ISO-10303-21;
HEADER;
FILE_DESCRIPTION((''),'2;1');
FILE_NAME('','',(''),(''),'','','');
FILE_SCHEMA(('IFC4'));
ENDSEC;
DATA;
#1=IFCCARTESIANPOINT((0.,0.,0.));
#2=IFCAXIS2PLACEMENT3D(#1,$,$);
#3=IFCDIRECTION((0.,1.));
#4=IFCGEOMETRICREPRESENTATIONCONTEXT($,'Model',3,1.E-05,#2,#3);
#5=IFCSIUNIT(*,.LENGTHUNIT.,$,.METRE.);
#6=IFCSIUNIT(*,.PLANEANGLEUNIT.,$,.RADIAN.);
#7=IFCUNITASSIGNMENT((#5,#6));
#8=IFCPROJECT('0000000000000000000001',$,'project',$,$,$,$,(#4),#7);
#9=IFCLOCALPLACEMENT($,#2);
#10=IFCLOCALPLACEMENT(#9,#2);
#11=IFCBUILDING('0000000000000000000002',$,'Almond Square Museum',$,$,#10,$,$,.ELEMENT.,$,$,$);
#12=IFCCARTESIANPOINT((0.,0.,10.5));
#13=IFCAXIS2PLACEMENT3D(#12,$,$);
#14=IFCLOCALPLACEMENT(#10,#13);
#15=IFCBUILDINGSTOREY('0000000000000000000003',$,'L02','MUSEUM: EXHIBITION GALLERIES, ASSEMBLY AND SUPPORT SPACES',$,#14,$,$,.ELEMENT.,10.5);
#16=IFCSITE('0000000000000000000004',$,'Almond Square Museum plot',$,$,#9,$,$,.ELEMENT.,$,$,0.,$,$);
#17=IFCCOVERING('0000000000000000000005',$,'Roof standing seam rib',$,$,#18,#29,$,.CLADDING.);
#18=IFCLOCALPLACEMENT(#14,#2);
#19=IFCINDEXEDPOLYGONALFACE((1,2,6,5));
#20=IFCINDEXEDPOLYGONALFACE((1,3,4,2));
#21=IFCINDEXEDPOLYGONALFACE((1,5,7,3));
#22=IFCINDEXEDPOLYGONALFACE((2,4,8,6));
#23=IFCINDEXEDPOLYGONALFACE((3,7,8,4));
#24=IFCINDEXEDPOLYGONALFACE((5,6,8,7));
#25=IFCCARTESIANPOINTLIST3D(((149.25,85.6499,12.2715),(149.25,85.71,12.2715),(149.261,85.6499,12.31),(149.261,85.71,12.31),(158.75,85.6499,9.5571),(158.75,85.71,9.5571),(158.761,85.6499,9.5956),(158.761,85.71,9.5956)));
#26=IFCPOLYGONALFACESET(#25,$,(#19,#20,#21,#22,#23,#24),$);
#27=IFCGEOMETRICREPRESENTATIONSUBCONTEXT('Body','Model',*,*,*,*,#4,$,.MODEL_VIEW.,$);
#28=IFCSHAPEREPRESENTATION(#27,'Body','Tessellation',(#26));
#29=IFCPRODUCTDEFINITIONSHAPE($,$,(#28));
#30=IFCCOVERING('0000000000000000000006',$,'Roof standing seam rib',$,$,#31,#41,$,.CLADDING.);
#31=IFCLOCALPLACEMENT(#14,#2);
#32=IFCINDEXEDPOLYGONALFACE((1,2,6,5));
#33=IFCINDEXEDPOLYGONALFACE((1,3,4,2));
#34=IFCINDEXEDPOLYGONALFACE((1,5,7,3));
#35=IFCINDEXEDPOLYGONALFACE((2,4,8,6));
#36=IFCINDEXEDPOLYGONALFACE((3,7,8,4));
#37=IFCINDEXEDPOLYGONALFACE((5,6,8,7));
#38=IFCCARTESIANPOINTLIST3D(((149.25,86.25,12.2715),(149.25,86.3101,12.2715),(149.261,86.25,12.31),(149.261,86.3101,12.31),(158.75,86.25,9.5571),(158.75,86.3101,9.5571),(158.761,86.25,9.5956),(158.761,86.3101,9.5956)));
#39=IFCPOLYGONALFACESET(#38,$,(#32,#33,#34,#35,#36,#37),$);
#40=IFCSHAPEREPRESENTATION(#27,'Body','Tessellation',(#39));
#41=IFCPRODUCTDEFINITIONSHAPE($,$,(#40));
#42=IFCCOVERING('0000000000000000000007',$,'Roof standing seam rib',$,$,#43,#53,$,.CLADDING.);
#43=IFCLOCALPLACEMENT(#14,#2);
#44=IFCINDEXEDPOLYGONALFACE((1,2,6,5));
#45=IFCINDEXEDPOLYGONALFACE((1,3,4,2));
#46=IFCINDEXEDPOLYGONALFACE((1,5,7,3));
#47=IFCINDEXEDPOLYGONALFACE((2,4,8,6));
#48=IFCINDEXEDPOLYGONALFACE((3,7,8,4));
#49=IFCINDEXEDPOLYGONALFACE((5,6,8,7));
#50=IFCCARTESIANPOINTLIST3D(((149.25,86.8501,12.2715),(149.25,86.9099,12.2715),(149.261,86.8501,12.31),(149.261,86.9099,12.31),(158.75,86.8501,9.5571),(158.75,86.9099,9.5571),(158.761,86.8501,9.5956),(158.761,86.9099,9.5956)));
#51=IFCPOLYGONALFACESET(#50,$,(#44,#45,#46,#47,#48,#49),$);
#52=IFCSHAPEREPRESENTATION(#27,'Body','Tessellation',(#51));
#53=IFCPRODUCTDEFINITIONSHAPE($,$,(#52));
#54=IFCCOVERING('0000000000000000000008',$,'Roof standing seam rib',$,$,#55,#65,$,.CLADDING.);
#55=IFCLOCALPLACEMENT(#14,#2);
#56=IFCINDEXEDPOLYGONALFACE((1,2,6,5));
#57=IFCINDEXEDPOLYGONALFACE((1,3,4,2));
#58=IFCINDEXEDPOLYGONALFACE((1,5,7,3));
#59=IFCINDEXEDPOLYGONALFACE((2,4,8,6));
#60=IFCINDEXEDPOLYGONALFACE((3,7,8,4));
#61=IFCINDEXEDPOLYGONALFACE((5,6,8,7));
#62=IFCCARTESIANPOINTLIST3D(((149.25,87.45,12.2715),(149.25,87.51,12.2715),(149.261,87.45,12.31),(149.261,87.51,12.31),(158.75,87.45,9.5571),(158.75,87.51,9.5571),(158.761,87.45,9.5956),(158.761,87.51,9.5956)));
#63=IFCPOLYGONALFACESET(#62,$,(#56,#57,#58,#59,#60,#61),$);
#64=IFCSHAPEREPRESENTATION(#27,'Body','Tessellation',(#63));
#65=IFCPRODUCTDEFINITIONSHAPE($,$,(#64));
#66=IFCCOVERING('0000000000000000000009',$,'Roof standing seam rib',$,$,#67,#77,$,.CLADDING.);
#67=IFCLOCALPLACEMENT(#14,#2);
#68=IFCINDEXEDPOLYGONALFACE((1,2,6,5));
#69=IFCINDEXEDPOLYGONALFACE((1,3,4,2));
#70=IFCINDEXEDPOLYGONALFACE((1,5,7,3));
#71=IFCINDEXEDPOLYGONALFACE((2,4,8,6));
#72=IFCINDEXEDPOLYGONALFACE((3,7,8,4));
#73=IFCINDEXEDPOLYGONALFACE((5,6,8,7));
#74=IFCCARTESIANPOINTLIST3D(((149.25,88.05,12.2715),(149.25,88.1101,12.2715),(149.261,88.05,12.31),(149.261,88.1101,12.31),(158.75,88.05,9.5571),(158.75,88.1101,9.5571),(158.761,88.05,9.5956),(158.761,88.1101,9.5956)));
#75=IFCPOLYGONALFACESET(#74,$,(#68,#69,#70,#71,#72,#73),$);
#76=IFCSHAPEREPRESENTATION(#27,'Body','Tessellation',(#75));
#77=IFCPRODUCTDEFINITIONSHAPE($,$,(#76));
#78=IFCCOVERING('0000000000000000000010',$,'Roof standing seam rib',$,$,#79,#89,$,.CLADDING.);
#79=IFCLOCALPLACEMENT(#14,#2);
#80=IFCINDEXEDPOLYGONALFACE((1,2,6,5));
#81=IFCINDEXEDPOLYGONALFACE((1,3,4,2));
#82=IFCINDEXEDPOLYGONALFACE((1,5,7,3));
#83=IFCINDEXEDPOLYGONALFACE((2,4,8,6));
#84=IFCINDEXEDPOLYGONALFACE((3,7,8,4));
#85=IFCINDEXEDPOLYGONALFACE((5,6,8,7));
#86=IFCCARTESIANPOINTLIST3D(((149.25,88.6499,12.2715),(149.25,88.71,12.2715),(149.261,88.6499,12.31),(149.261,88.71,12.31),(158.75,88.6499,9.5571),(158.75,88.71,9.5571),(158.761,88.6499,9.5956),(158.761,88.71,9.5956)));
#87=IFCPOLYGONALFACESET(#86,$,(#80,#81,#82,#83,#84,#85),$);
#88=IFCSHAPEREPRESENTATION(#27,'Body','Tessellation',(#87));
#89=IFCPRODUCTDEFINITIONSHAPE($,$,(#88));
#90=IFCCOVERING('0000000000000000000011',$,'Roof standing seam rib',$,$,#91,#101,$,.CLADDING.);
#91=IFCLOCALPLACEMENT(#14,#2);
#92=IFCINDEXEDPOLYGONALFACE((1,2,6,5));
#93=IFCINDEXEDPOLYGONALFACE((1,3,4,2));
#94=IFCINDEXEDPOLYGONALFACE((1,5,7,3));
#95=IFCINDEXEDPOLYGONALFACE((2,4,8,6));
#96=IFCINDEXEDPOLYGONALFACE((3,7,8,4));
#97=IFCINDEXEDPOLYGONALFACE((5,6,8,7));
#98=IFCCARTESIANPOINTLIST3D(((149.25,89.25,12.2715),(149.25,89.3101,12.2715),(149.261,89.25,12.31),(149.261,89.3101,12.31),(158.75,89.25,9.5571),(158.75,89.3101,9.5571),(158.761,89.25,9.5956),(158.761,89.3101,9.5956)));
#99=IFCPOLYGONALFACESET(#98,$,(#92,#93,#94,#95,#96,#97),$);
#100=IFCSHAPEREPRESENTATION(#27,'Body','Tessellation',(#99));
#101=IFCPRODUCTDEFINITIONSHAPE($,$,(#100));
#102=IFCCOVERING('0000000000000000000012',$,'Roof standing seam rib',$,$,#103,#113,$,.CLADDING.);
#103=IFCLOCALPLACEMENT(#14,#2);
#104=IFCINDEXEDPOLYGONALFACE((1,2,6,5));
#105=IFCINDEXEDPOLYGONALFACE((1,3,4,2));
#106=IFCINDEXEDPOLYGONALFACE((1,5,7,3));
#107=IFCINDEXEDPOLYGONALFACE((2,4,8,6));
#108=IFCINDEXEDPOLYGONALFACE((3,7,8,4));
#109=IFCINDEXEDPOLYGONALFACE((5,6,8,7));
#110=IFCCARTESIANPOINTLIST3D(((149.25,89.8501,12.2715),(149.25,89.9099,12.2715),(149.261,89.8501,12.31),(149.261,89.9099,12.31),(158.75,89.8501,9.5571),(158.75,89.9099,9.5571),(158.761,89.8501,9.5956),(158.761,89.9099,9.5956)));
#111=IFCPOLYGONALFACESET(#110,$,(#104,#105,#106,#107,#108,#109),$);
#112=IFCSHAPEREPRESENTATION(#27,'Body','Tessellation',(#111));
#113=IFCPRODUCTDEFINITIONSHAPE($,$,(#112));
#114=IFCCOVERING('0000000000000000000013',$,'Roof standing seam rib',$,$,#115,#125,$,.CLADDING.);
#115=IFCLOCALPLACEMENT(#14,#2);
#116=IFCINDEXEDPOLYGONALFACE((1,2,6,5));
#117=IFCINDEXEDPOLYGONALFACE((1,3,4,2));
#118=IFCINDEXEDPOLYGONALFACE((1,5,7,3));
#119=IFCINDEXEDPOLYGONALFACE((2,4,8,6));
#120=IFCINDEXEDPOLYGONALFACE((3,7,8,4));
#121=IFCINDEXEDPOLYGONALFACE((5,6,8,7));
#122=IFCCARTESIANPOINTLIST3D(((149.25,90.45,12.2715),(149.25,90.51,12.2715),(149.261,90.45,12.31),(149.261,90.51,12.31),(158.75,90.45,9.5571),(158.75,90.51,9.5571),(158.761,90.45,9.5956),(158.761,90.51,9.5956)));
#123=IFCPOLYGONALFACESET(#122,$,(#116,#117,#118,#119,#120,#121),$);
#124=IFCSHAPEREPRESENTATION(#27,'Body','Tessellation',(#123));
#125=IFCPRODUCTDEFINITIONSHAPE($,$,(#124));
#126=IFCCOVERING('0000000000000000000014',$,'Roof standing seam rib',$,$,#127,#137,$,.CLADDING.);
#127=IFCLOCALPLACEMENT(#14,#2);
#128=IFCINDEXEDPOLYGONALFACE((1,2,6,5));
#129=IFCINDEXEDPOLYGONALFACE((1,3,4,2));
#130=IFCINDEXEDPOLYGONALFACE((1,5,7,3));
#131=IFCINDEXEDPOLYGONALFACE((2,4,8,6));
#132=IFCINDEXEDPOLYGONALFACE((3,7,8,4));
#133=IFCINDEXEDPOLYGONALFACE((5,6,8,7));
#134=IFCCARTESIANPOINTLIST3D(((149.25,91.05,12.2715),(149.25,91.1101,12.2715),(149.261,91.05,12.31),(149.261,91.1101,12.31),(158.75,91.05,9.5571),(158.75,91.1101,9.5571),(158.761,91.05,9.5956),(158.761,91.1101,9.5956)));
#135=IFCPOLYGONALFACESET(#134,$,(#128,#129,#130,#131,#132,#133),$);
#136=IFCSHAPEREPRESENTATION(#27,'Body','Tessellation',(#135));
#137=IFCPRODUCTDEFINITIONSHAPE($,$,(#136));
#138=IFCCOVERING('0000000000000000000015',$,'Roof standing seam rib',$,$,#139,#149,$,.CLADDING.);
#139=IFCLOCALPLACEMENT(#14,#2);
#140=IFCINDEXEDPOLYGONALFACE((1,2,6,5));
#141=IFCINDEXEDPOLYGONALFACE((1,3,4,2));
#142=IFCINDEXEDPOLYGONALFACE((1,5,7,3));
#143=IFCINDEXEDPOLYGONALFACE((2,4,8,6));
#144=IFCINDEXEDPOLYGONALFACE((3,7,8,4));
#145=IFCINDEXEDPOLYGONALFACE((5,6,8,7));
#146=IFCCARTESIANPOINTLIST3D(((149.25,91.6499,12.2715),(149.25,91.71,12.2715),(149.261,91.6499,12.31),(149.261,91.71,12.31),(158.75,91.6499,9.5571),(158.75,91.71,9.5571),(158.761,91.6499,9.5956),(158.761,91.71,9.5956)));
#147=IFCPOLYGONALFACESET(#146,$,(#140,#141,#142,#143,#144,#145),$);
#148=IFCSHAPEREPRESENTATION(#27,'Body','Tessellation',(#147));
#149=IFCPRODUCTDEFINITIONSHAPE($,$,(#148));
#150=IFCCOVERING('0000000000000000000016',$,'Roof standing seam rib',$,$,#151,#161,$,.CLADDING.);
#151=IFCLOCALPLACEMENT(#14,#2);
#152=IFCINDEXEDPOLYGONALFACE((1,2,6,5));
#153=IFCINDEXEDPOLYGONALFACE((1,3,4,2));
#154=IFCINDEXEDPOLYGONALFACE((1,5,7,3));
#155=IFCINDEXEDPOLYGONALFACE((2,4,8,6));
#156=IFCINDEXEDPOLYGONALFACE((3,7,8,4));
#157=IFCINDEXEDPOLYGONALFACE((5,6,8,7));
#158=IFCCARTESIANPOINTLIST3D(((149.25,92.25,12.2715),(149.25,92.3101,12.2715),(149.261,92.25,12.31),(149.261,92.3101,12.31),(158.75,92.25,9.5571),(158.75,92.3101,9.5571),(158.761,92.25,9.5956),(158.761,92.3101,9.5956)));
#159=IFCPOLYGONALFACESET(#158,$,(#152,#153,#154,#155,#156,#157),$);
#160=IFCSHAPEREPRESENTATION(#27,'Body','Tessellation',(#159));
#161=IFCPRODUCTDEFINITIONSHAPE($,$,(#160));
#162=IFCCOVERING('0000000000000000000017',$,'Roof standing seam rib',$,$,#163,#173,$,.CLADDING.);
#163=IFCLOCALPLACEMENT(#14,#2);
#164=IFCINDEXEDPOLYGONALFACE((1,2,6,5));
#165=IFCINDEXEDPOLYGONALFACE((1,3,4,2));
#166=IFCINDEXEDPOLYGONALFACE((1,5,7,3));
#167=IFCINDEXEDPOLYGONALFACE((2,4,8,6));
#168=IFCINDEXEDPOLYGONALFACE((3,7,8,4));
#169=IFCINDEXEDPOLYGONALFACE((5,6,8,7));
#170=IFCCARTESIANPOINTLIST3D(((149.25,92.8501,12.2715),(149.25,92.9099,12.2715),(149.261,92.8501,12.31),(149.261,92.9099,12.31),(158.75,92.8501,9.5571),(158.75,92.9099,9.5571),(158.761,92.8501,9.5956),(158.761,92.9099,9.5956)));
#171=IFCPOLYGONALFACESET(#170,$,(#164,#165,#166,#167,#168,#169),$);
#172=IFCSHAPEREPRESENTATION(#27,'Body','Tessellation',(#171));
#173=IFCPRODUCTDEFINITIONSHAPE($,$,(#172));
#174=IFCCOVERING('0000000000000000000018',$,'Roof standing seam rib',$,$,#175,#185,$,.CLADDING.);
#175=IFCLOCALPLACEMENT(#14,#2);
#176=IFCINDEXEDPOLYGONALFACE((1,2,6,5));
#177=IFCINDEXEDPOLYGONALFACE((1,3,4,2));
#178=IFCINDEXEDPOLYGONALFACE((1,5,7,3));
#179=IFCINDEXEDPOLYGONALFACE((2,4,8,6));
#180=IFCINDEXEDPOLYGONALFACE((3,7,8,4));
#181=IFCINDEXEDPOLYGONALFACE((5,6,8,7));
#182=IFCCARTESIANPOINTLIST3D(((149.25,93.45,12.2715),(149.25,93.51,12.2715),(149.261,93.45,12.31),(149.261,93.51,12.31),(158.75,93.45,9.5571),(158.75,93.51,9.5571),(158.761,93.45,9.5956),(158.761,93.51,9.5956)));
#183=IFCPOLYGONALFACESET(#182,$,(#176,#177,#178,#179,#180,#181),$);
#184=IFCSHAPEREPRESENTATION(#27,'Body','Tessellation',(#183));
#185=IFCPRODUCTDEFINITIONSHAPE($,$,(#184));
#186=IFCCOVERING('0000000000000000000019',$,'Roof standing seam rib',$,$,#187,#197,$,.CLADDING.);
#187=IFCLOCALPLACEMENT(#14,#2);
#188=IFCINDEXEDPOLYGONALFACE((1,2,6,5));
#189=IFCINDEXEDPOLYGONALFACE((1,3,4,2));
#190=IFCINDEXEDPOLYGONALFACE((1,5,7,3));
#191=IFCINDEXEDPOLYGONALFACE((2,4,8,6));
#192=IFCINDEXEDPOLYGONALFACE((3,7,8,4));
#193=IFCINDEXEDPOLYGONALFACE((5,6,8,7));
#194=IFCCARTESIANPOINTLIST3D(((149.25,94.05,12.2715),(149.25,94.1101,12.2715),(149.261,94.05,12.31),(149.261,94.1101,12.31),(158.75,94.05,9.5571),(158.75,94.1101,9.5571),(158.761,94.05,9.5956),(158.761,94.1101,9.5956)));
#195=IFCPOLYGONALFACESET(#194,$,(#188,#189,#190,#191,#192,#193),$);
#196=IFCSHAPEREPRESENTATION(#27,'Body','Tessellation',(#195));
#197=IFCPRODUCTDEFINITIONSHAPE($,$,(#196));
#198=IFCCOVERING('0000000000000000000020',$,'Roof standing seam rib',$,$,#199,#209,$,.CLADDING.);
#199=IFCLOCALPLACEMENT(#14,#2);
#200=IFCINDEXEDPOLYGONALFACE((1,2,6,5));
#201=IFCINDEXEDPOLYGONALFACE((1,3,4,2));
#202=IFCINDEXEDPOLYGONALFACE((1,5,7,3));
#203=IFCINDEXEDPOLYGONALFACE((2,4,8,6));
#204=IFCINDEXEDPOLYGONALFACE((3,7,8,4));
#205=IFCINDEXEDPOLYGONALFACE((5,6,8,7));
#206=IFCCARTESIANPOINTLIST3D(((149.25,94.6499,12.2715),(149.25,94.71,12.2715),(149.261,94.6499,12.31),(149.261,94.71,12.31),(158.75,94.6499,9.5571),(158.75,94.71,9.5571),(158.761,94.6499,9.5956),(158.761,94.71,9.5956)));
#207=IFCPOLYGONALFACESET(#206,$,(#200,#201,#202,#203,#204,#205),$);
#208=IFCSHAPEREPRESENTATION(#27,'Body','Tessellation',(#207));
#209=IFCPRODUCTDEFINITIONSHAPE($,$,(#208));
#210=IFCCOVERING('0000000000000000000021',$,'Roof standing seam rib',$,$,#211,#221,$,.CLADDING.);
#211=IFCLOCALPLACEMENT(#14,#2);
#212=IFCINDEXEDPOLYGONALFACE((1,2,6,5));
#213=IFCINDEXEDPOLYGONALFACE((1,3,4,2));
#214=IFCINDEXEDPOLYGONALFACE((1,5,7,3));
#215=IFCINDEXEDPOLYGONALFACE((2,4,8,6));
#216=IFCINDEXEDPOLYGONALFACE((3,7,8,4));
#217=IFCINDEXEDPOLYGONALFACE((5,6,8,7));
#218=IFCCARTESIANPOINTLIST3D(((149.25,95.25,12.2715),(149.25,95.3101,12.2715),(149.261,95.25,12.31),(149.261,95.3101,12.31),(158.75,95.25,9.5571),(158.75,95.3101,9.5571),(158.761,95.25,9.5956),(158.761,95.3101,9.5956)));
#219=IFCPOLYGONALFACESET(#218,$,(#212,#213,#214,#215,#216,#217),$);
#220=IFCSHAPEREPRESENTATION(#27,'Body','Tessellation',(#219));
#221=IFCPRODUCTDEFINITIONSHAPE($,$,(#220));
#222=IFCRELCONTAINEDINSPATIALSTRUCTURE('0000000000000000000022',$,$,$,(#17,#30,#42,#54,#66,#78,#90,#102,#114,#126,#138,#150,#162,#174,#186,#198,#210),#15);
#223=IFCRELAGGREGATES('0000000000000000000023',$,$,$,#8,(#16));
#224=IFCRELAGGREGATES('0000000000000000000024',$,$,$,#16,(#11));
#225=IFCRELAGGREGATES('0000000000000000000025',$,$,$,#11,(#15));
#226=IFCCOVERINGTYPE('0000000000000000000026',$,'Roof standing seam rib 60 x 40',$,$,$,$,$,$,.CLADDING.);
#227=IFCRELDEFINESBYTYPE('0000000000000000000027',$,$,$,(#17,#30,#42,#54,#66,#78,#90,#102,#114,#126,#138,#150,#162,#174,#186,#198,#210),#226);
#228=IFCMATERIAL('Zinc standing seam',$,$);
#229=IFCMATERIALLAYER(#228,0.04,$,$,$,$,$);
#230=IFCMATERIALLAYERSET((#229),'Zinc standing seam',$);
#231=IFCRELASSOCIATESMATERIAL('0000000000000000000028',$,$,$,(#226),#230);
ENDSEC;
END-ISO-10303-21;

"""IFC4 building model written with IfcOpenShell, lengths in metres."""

from ifc_helpers import new_model, si_unit, direction, frame, origin, place, context, subcontext, project, spatial, polyline, outline, extrude, material, layer, layer_set, type_object, element, save


model = new_model("IFC4")

# Units and contexts
model_context = context("Model", 3, precision=1e-05, world=origin(), true_north=direction((0.0, 1.0)))
body_context = subcontext(model_context, "Body", "Model", "MODEL_VIEW")
ifc_project = project(units=[si_unit("LENGTHUNIT", "METRE"), si_unit("PLANEANGLEUNIT", "RADIAN")], contexts=[model_context])

# Site, building, storey
site_placement = place(None, origin())
site = spatial("IfcSite", under=ifc_project, at=site_placement, Name="Almond Square Museum plot", CompositionType="ELEMENT", RefElevation=0.0)
building_placement = place(site_placement, origin())
building = spatial("IfcBuilding", under=site, at=building_placement, Name="Almond Square Museum", CompositionType="ELEMENT")
storey_placement = place(building_placement, frame((0.0, 0.0, 10.5)))
storey = spatial("IfcBuildingStorey", under=building, at=storey_placement, Name="L02", Description="MUSEUM: EXHIBITION GALLERIES, ASSEMBLY AND SUPPORT SPACES", CompositionType="ELEMENT", Elevation=10.5)

# Coverings
ifc_material_1 = material(Name="Zinc standing seam")
ifc_layer = layer(ifc_material_1, 0.04)
ifc_layer_set = layer_set([ifc_layer], Name="Zinc standing seam")
covering_type = type_object("IfcCoveringType", Name="Roof standing seam rib 60 x 40", PredefinedType="CLADDING", material=ifc_layer_set)
for number, where, z_axis, x_axis, name in (
    (1, (158.75, 85.71, 9.5571), (0.274728, 0.0, 0.961522), (-0.961522, 0.0, 0.274728), "Roof standing seam rib"),
    (2, (158.75, 86.3101, 9.5571), (0.274728, 0.0, 0.961522), (-0.961522, 0.0, 0.274728), "Roof standing seam rib"),
):
    element("IfcCovering", number, at=place(storey_placement, frame(where, z_axis=z_axis, x_axis=x_axis)), inside=storey, type_object=covering_type, Name=name, PredefinedType="CLADDING", context=body_context, shape_type="SweptSolid", body=[
        extrude(outline(polyline([(0.0, 0.0), (9.8802, 0.0), (9.8802, 0.0601), (0.0, 0.0601), (0.0, 0.0)])), origin(), (0.0, 0.0, 1.0), 0.04),
    ])
covering_1_placement = place(storey_placement, frame((158.75, 86.9099, 9.5571), z_axis=(0.274728, 0.0, 0.961522), x_axis=(-0.961522, 0.0, 0.274728)))
element("IfcCovering", 3, at=covering_1_placement, inside=storey, type_object=covering_type, Name="Roof standing seam rib", PredefinedType="CLADDING", context=body_context, shape_type="SweptSolid", body=[
    extrude(outline(polyline([(0.0, 0.0), (9.8802, 0.0), (9.8802, 0.0598), (0.0, 0.0598), (0.0, 0.0)])), origin(), (0.0, 0.0, 1.0), 0.04),
])
for number, where, z_axis, x_axis, name in (
    (4, (158.75, 87.51, 9.5571), (0.274728, 0.0, 0.961522), (-0.961522, 0.0, 0.274728), "Roof standing seam rib"),
    (5, (158.75, 88.1101, 9.5571), (0.274728, 0.0, 0.961522), (-0.961522, 0.0, 0.274728), "Roof standing seam rib"),
    (6, (158.75, 88.71, 9.5571), (0.274728, 0.0, 0.961522), (-0.961522, 0.0, 0.274728), "Roof standing seam rib"),
    (7, (158.75, 89.3101, 9.5571), (0.274728, 0.0, 0.961522), (-0.961522, 0.0, 0.274728), "Roof standing seam rib"),
):
    element("IfcCovering", number, at=place(storey_placement, frame(where, z_axis=z_axis, x_axis=x_axis)), inside=storey, type_object=covering_type, Name=name, PredefinedType="CLADDING", context=body_context, shape_type="SweptSolid", body=[
        extrude(outline(polyline([(0.0, 0.0), (9.8802, 0.0), (9.8802, 0.0601), (0.0, 0.0601), (0.0, 0.0)])), origin(), (0.0, 0.0, 1.0), 0.04),
    ])
covering_2_placement = place(storey_placement, frame((158.75, 89.9099, 9.5571), z_axis=(0.274728, 0.0, 0.961522), x_axis=(-0.961522, 0.0, 0.274728)))
element("IfcCovering", 8, at=covering_2_placement, inside=storey, type_object=covering_type, Name="Roof standing seam rib", PredefinedType="CLADDING", context=body_context, shape_type="SweptSolid", body=[
    extrude(outline(polyline([(0.0, 0.0), (9.8802, 0.0), (9.8802, 0.0598), (0.0, 0.0598), (0.0, 0.0)])), origin(), (0.0, 0.0, 1.0), 0.04),
])
for number, where, z_axis, x_axis, name in (
    (9, (158.75, 90.51, 9.5571), (0.274728, 0.0, 0.961522), (-0.961522, 0.0, 0.274728), "Roof standing seam rib"),
    (10, (158.75, 91.1101, 9.5571), (0.274728, 0.0, 0.961522), (-0.961522, 0.0, 0.274728), "Roof standing seam rib"),
    (11, (158.75, 91.71, 9.5571), (0.274728, 0.0, 0.961522), (-0.961522, 0.0, 0.274728), "Roof standing seam rib"),
    (12, (158.75, 92.3101, 9.5571), (0.274728, 0.0, 0.961522), (-0.961522, 0.0, 0.274728), "Roof standing seam rib"),
):
    element("IfcCovering", number, at=place(storey_placement, frame(where, z_axis=z_axis, x_axis=x_axis)), inside=storey, type_object=covering_type, Name=name, PredefinedType="CLADDING", context=body_context, shape_type="SweptSolid", body=[
        extrude(outline(polyline([(0.0, 0.0), (9.8802, 0.0), (9.8802, 0.0601), (0.0, 0.0601), (0.0, 0.0)])), origin(), (0.0, 0.0, 1.0), 0.04),
    ])
covering_3_placement = place(storey_placement, frame((158.75, 92.9099, 9.5571), z_axis=(0.274728, 0.0, 0.961522), x_axis=(-0.961522, 0.0, 0.274728)))
element("IfcCovering", 13, at=covering_3_placement, inside=storey, type_object=covering_type, Name="Roof standing seam rib", PredefinedType="CLADDING", context=body_context, shape_type="SweptSolid", body=[
    extrude(outline(polyline([(0.0, 0.0), (9.8802, 0.0), (9.8802, 0.0598), (0.0, 0.0598), (0.0, 0.0)])), origin(), (0.0, 0.0, 1.0), 0.04),
])
for number, where, z_axis, x_axis, name in (
    (14, (158.75, 93.51, 9.5571), (0.274728, 0.0, 0.961522), (-0.961522, 0.0, 0.274728), "Roof standing seam rib"),
    (15, (158.75, 94.1101, 9.5571), (0.274728, 0.0, 0.961522), (-0.961522, 0.0, 0.274728), "Roof standing seam rib"),
    (16, (158.75, 94.71, 9.5571), (0.274728, 0.0, 0.961522), (-0.961522, 0.0, 0.274728), "Roof standing seam rib"),
    (17, (158.75, 95.3101, 9.5571), (0.274728, 0.0, 0.961522), (-0.961522, 0.0, 0.274728), "Roof standing seam rib"),
):
    element("IfcCovering", number, at=place(storey_placement, frame(where, z_axis=z_axis, x_axis=x_axis)), inside=storey, type_object=covering_type, Name=name, PredefinedType="CLADDING", context=body_context, shape_type="SweptSolid", body=[
        extrude(outline(polyline([(0.0, 0.0), (9.8802, 0.0), (9.8802, 0.0601), (0.0, 0.0601), (0.0, 0.0)])), origin(), (0.0, 0.0, 1.0), 0.04),
    ])

save(model, "model.ifc")
